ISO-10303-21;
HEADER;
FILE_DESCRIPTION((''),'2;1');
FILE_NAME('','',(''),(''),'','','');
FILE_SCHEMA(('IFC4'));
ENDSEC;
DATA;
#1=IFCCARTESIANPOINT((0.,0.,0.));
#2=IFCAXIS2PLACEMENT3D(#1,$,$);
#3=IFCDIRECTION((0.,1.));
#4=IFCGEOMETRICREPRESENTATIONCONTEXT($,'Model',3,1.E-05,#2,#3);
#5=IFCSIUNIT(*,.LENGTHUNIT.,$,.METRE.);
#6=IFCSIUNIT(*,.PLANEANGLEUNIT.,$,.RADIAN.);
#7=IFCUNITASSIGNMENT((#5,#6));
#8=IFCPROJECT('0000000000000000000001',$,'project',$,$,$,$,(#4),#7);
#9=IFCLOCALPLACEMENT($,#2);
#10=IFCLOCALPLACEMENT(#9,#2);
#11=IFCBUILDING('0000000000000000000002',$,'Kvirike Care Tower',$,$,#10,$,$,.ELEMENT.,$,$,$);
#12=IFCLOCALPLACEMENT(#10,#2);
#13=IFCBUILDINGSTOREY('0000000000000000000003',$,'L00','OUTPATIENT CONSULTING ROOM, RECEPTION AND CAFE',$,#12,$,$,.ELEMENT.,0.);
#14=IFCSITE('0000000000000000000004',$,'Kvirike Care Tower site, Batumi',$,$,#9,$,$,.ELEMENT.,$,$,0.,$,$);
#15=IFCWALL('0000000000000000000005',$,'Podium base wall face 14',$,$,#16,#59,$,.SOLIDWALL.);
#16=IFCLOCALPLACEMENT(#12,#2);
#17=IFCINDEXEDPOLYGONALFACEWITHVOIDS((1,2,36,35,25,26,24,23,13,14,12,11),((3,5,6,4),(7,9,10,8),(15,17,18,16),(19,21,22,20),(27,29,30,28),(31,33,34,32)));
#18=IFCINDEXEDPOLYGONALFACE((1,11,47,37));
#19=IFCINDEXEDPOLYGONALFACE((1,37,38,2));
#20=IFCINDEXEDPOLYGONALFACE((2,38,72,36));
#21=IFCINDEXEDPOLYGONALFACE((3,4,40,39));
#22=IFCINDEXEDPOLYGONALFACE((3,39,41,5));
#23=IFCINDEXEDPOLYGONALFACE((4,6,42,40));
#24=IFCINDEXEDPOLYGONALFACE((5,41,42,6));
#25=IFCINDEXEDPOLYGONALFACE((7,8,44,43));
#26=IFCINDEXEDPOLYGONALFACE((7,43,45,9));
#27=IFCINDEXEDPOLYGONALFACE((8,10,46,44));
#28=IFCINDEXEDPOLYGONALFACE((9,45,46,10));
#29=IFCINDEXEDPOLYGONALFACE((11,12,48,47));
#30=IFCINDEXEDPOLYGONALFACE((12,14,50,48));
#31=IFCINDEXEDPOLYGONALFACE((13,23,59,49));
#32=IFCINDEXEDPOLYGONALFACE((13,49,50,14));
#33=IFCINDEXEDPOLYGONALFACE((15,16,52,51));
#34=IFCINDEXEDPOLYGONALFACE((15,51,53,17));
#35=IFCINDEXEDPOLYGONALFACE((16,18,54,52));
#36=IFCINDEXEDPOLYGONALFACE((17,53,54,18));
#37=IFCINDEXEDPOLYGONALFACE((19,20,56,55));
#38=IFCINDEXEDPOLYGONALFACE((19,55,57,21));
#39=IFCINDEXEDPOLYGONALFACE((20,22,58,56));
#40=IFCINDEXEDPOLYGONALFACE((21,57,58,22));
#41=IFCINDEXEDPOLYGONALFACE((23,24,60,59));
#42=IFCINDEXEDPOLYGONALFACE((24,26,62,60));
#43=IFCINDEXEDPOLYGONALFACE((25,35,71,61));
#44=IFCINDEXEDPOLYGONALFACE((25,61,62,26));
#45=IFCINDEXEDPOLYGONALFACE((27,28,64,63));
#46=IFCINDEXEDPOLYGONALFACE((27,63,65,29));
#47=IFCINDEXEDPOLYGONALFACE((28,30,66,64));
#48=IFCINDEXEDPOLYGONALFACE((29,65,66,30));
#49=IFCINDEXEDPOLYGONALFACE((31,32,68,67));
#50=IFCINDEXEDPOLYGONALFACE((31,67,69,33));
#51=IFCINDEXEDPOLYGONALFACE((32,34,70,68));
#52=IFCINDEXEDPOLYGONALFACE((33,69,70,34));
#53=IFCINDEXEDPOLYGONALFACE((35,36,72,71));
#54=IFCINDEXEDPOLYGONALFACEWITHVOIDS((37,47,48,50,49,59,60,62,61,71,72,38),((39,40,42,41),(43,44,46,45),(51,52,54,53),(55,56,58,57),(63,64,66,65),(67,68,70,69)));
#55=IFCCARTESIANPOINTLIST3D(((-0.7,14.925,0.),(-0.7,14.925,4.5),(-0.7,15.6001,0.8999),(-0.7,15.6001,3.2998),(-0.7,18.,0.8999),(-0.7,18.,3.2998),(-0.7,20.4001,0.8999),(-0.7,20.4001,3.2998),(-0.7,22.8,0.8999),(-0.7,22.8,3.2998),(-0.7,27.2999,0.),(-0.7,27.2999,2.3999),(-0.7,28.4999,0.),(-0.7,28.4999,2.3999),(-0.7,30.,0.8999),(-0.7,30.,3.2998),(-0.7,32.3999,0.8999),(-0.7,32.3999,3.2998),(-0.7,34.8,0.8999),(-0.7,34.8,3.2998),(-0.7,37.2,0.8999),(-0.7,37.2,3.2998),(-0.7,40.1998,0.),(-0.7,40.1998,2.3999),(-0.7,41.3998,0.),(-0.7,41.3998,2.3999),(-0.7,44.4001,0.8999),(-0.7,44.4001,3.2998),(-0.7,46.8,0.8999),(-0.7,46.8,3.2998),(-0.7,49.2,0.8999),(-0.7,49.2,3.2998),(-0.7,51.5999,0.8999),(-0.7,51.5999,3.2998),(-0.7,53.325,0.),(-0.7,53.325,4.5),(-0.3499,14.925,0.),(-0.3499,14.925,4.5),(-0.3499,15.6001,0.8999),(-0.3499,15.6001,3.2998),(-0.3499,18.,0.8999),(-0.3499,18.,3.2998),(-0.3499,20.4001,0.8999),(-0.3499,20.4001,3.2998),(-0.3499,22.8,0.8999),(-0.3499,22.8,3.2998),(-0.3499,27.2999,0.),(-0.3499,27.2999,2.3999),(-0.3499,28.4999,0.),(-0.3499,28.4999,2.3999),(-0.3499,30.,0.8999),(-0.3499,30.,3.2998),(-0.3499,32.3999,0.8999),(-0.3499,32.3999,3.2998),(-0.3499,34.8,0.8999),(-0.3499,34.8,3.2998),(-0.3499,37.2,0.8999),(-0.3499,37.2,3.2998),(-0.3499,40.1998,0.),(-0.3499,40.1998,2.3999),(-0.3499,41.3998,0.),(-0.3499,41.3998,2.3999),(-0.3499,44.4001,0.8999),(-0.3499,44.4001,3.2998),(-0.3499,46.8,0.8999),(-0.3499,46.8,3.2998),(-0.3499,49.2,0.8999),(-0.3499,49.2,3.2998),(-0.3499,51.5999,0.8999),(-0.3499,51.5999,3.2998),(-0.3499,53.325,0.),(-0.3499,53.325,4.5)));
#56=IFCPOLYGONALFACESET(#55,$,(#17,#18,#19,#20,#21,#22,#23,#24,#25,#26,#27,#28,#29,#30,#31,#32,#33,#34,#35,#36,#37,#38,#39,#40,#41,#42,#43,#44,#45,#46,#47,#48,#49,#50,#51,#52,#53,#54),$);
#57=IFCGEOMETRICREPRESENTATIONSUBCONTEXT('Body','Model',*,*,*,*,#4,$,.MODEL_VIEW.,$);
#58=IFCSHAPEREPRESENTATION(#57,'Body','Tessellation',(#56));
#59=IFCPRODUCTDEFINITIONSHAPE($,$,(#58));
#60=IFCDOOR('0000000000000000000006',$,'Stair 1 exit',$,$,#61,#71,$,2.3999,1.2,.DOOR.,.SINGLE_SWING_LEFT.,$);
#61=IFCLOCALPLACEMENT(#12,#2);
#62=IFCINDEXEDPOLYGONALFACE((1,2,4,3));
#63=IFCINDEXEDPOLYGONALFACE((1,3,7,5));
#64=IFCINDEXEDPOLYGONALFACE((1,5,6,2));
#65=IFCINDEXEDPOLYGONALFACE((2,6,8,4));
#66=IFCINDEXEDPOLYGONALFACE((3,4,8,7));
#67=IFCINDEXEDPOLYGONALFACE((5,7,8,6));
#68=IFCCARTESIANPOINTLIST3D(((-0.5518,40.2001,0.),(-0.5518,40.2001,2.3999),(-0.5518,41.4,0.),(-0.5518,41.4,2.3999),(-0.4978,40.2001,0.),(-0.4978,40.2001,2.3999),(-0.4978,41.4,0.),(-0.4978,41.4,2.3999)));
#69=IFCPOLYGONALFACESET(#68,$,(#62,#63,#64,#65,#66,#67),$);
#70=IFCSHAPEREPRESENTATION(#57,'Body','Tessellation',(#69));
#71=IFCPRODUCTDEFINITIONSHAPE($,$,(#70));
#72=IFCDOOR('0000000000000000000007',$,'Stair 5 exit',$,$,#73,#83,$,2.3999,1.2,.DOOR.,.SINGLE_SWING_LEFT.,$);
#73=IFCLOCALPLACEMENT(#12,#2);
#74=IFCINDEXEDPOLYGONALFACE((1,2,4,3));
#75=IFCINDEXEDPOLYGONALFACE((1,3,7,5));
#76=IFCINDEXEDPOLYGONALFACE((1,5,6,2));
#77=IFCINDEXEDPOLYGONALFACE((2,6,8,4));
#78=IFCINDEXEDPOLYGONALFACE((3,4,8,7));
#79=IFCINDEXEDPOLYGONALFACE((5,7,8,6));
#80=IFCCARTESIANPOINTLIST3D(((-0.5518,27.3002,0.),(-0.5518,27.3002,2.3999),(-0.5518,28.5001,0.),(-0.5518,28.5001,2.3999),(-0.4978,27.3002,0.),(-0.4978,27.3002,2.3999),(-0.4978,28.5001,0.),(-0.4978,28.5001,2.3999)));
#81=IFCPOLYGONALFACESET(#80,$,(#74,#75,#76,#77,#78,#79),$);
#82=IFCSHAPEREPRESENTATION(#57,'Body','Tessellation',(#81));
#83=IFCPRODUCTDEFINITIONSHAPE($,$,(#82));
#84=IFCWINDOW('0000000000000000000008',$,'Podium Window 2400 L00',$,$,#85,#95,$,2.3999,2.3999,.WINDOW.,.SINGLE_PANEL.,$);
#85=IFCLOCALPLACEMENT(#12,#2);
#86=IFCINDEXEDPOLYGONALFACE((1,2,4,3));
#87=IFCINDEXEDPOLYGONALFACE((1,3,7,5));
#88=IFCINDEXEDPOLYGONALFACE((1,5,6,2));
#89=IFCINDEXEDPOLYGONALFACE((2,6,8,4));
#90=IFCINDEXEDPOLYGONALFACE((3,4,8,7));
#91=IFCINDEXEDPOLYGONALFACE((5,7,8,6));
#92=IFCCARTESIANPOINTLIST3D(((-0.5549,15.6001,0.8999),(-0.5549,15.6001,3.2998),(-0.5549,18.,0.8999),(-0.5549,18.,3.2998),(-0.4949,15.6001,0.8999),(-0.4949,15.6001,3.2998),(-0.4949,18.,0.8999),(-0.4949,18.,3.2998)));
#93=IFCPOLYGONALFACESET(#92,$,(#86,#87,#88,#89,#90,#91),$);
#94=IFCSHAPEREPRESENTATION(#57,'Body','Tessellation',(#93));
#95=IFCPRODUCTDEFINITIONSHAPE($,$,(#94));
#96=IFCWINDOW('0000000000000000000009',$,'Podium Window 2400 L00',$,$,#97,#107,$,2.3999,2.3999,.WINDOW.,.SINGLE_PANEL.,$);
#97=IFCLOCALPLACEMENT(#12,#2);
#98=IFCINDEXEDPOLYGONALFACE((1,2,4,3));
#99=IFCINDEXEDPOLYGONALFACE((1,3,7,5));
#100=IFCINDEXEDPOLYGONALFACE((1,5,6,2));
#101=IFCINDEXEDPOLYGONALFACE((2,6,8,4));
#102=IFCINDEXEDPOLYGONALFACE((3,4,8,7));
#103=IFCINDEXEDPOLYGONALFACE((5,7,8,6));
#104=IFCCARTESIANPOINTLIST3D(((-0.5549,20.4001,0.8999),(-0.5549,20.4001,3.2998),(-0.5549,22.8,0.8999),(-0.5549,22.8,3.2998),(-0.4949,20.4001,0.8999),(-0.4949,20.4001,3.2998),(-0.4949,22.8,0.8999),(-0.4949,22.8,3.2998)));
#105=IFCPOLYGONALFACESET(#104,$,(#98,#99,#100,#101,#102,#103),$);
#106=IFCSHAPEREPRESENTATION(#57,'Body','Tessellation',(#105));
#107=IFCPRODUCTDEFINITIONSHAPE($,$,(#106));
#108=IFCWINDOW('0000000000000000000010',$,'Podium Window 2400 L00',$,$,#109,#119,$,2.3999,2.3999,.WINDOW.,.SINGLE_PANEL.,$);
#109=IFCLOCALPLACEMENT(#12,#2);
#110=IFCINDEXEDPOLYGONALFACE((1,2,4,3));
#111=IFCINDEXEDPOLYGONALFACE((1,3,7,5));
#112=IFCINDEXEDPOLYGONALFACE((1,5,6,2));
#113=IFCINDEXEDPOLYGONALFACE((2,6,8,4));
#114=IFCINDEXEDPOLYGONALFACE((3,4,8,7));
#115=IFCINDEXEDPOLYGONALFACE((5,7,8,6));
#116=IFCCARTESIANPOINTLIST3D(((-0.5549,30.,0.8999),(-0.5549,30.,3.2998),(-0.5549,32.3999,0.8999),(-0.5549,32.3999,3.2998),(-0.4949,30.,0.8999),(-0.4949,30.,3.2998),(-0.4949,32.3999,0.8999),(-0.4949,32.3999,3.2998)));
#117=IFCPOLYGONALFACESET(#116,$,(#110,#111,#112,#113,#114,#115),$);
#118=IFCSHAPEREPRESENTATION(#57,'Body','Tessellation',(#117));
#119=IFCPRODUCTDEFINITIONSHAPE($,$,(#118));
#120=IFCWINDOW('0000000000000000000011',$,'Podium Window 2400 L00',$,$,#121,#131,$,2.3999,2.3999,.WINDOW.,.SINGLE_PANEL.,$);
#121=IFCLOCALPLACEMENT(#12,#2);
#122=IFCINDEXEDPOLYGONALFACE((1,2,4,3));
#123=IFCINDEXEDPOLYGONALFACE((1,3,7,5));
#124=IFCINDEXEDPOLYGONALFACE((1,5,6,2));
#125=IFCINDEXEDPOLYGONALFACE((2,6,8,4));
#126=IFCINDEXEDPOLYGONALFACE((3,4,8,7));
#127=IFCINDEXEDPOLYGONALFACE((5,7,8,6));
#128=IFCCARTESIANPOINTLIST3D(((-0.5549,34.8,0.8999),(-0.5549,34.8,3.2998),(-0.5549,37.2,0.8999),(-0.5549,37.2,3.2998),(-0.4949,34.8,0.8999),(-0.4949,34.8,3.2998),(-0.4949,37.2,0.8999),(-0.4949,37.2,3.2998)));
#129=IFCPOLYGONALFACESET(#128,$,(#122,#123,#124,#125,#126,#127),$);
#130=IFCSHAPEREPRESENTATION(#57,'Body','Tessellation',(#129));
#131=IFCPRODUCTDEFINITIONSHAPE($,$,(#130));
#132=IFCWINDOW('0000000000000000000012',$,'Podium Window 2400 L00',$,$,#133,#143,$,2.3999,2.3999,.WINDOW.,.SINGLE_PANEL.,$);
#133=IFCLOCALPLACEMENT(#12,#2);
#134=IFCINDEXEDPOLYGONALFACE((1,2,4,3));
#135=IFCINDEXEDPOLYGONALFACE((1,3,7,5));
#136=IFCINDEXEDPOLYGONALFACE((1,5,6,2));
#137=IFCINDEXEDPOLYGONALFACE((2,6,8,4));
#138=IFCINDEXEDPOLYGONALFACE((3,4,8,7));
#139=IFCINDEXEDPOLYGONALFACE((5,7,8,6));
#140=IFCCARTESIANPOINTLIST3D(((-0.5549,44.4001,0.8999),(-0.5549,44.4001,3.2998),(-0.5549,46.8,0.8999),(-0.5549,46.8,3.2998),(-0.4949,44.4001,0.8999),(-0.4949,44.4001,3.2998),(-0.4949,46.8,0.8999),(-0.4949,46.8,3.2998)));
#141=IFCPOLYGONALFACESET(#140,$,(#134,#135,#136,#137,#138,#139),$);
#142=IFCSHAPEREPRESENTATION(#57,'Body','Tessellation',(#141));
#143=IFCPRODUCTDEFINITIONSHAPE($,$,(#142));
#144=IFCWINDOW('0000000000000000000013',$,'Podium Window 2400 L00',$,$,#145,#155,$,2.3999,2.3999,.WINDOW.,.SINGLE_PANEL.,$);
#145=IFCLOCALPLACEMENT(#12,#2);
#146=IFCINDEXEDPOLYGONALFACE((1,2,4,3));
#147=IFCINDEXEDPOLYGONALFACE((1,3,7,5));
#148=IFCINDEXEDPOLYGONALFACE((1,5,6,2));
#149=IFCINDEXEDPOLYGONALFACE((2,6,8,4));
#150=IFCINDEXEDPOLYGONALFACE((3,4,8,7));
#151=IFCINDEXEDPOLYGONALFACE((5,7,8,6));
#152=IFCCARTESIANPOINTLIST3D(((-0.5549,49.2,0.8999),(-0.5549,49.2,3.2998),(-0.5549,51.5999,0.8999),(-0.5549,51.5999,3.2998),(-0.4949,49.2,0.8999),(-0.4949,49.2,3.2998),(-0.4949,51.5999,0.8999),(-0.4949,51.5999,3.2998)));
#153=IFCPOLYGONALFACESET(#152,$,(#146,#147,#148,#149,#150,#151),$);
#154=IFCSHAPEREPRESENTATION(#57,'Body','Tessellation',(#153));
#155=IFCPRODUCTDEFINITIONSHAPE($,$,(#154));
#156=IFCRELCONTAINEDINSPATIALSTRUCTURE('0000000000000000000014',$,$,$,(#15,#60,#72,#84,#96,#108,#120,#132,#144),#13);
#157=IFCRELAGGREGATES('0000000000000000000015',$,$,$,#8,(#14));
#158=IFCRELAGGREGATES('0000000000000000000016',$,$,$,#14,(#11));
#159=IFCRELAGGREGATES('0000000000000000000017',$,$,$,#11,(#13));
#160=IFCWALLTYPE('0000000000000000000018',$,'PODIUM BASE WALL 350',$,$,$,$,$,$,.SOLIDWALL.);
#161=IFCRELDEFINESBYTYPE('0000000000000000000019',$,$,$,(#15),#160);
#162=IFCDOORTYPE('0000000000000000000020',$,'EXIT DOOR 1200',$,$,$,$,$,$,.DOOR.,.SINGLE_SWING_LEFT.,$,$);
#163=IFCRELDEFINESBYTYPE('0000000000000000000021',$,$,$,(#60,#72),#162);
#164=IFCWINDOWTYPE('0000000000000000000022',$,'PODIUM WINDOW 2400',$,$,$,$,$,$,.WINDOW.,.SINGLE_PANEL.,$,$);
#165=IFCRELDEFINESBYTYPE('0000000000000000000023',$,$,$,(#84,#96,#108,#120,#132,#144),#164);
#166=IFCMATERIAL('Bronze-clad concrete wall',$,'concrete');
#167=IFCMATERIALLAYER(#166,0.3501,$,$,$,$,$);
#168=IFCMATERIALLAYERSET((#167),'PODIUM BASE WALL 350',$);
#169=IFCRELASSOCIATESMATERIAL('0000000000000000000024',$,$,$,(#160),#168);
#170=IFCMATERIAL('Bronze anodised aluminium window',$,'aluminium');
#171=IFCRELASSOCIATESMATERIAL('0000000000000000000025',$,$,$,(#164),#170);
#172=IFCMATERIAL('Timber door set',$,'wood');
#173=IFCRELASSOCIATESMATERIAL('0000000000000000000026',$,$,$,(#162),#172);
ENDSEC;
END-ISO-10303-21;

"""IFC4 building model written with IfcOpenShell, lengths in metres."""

from ifc_helpers import new_model, si_unit, direction, frame, frame_2d, origin, place, context, subcontext, project, spatial, rectangle, extrude, material, layer, layer_set, type_object, element, fill, save


model = new_model("IFC4")

# Units and contexts
model_context = context("Model", 3, precision=1e-05, world=origin(), true_north=direction((0.0, 1.0)))
body_context = subcontext(model_context, "Body", "Model", "MODEL_VIEW")
ifc_project = project(units=[si_unit("LENGTHUNIT", "METRE"), si_unit("PLANEANGLEUNIT", "RADIAN")], contexts=[model_context])

# Site, building, storey
site_placement = place(None, origin())
site = spatial("IfcSite", under=ifc_project, at=site_placement, Name="Kvirike Care Tower site, Batumi", CompositionType="ELEMENT", RefElevation=0.0)
building_placement = place(site_placement, origin())
building = spatial("IfcBuilding", under=site, at=building_placement, Name="Kvirike Care Tower", CompositionType="ELEMENT")
storey_placement = place(building_placement, origin())
storey = spatial("IfcBuildingStorey", under=building, at=storey_placement, Name="L00", Description="OUTPATIENT CONSULTING ROOM, RECEPTION AND CAFE", CompositionType="ELEMENT", Elevation=0.0)

# Shared definitions
ifc_material_1 = material(Name="Bronze-clad concrete wall", Category="concrete")
ifc_layer_1 = layer(ifc_material_1, 0.3501)
ifc_layer_set_1 = layer_set([ifc_layer_1], Name="PODIUM BASE WALL 350")
wall_type_1 = type_object("IfcWallType", Name="PODIUM BASE WALL 350", PredefinedType="SOLIDWALL", material=ifc_layer_set_1)
ifc_material_2 = material(Name="Bronze anodised aluminium window", Category="aluminium")
window_type = type_object("IfcWindowType", Name="PODIUM WINDOW 2400", PartitioningType="SINGLE_PANEL", PredefinedType="WINDOW", material=ifc_material_2)

# Wall, openings, doors, windows
wall_1_placement = place(storey_placement, frame((-0.5249, 53.325, 0.0), z_axis=(0.0, 0.0, 1.0), x_axis=(0.0, -1.0, 0.0)))
wall_1 = element("IfcWall", 1, at=wall_1_placement, inside=storey, type_object=wall_type_1, Name="Podium base wall face 14", PredefinedType="SOLIDWALL", context=body_context, shape_type="SweptSolid", body=[
    extrude(rectangle(XDim=38.3999, YDim=0.3501, at=frame_2d((19.2, 0.0))), origin(), (0.0, 0.0, 1.0), 4.5),
])
opening_1_placement = place(wall_1_placement, frame((11.925, 0.0, 0.0)))
opening_1 = element("IfcOpeningElement", 2, at=opening_1_placement, cuts=wall_1, PredefinedType="OPENING", context=body_context, shape_type="SweptSolid", body=[
    extrude(rectangle(XDim=1.2, YDim=2.3999, at=frame_2d((0.6001, 1.2))), frame((0.0, 0.1855, 0.0), z_axis=(0.0, -1.0, 0.0), x_axis=(1.0, 0.0, 0.0)), (0.0, 0.0, 1.0), 0.3711),
])
opening_2_placement = place(wall_1_placement, frame((24.825, 0.0, 0.0)))
opening_2 = element("IfcOpeningElement", 3, at=opening_2_placement, cuts=wall_1, PredefinedType="OPENING", context=body_context, shape_type="SweptSolid", body=[
    extrude(rectangle(XDim=1.2, YDim=2.3999, at=frame_2d((0.6001, 1.2))), frame((0.0, 0.1855, 0.0), z_axis=(0.0, -1.0, 0.0), x_axis=(1.0, 0.0, 0.0)), (0.0, 0.0, 1.0), 0.3711),
])
opening_3_placement = place(wall_1_placement, frame((35.325, 0.0, 0.8999)))
opening_3 = element("IfcOpeningElement", 4, at=opening_3_placement, cuts=wall_1, PredefinedType="OPENING", context=body_context, shape_type="SweptSolid", body=[
    extrude(rectangle(XDim=2.3999, YDim=2.3999, at=frame_2d((1.2, 1.2))), frame((0.0, 0.1855, 0.0), z_axis=(0.0, -1.0, 0.0), x_axis=(1.0, 0.0, 0.0)), (0.0, 0.0, 1.0), 0.3711),
])
opening_4_placement = place(wall_1_placement, frame((30.5249, 0.0, 0.8999)))
opening_4 = element("IfcOpeningElement", 5, at=opening_4_placement, cuts=wall_1, PredefinedType="OPENING", context=body_context, shape_type="SweptSolid", body=[
    extrude(rectangle(XDim=2.3999, YDim=2.3999, at=frame_2d((1.2, 1.2))), frame((0.0, 0.1855, 0.0), z_axis=(0.0, -1.0, 0.0), x_axis=(1.0, 0.0, 0.0)), (0.0, 0.0, 1.0), 0.3711),
])
opening_5_placement = place(wall_1_placement, frame((20.925, 0.0, 0.8999)))
opening_5 = element("IfcOpeningElement", 6, at=opening_5_placement, cuts=wall_1, PredefinedType="OPENING", context=body_context, shape_type="SweptSolid", body=[
    extrude(rectangle(XDim=2.3999, YDim=2.3999, at=frame_2d((1.2, 1.2))), frame((0.0, 0.1855, 0.0), z_axis=(0.0, -1.0, 0.0), x_axis=(1.0, 0.0, 0.0)), (0.0, 0.0, 1.0), 0.3711),
])
opening_6_placement = place(wall_1_placement, frame((16.125, 0.0, 0.8999)))
opening_6 = element("IfcOpeningElement", 7, at=opening_6_placement, cuts=wall_1, PredefinedType="OPENING", context=body_context, shape_type="SweptSolid", body=[
    extrude(rectangle(XDim=2.3999, YDim=2.3999, at=frame_2d((1.2, 1.2))), frame((0.0, 0.1855, 0.0), z_axis=(0.0, -1.0, 0.0), x_axis=(1.0, 0.0, 0.0)), (0.0, 0.0, 1.0), 0.3711),
])
opening_7_placement = place(wall_1_placement, frame((6.5249, 0.0, 0.8999)))
opening_7 = element("IfcOpeningElement", 8, at=opening_7_placement, cuts=wall_1, PredefinedType="OPENING", context=body_context, shape_type="SweptSolid", body=[
    extrude(rectangle(XDim=2.3999, YDim=2.3999, at=frame_2d((1.2, 1.2))), frame((0.0, 0.1855, 0.0), z_axis=(0.0, -1.0, 0.0), x_axis=(1.0, 0.0, 0.0)), (0.0, 0.0, 1.0), 0.3711),
])
opening_8_placement = place(wall_1_placement, frame((1.7251, 0.0, 0.8999)))
opening_8 = element("IfcOpeningElement", 9, at=opening_8_placement, cuts=wall_1, PredefinedType="OPENING", context=body_context, shape_type="SweptSolid", body=[
    extrude(rectangle(XDim=2.3999, YDim=2.3999, at=frame_2d((1.2, 1.2))), frame((0.0, 0.1855, 0.0), z_axis=(0.0, -1.0, 0.0), x_axis=(1.0, 0.0, 0.0)), (0.0, 0.0, 1.0), 0.3711),
])
ifc_material_3 = material(Name="Timber door set", Category="wood")
door_type = type_object("IfcDoorType", Name="EXIT DOOR 1200", OperationType="SINGLE_SWING_LEFT", PredefinedType="DOOR", material=ifc_material_3)
door_1_placement = place(opening_1_placement, frame((1.2, 0.0, 0.0), z_axis=(0.0, 0.0, 1.0), x_axis=(-1.0, 0.0, 0.0)))
door_1 = element("IfcDoor", 10, at=door_1_placement, inside=storey, type_object=door_type, Name="Stair 1 exit", OperationType="SINGLE_SWING_LEFT", OverallHeight=2.3999, OverallWidth=1.2, PredefinedType="DOOR", context=body_context, shape_type="SweptSolid", body=[
    extrude(rectangle(XDim=1.2, YDim=2.3999, at=frame_2d((0.6001, 1.2))), frame((0.0, 0.0269, 0.0), z_axis=(0.0, -1.0, 0.0), x_axis=(1.0, 0.0, 0.0)), (0.0, 0.0, 1.0), 0.054),
])
fill(opening_1, door_1)
door_2_placement = place(opening_2_placement, frame((1.2, 0.0, 0.0), z_axis=(0.0, 0.0, 1.0), x_axis=(-1.0, 0.0, 0.0)))
door_2 = element("IfcDoor", 11, at=door_2_placement, inside=storey, type_object=door_type, Name="Stair 5 exit", OperationType="SINGLE_SWING_LEFT", OverallHeight=2.3999, OverallWidth=1.2, PredefinedType="DOOR", context=body_context, shape_type="SweptSolid", body=[
    extrude(rectangle(XDim=1.2, YDim=2.3999, at=frame_2d((0.6001, 1.2))), frame((0.0, 0.0269, 0.0), z_axis=(0.0, -1.0, 0.0), x_axis=(1.0, 0.0, 0.0)), (0.0, 0.0, 1.0), 0.054),
])
fill(opening_2, door_2)
window_1_placement = place(opening_3_placement, origin())
window_1 = element("IfcWindow", 12, at=window_1_placement, inside=storey, type_object=window_type, Name="Podium Window 2400 L00", OverallHeight=2.3999, OverallWidth=2.3999, PartitioningType="SINGLE_PANEL", PredefinedType="WINDOW", context=body_context, shape_type="SweptSolid", body=[
    extrude(rectangle(XDim=2.3999, YDim=2.3999, at=frame_2d((1.2, 1.2))), frame((0.0, 0.03, 0.0), z_axis=(0.0, -1.0, 0.0), x_axis=(1.0, 0.0, 0.0)), (0.0, 0.0, 1.0), 0.0601),
])
fill(opening_3, window_1)
window_2_placement = place(opening_4_placement, origin())
window_2 = element("IfcWindow", 13, at=window_2_placement, inside=storey, type_object=window_type, Name="Podium Window 2400 L00", OverallHeight=2.3999, OverallWidth=2.3999, PartitioningType="SINGLE_PANEL", PredefinedType="WINDOW", context=body_context, shape_type="SweptSolid", body=[
    extrude(rectangle(XDim=2.3999, YDim=2.3999, at=frame_2d((1.2, 1.2))), frame((0.0, 0.03, 0.0), z_axis=(0.0, -1.0, 0.0), x_axis=(1.0, 0.0, 0.0)), (0.0, 0.0, 1.0), 0.0601),
])
fill(opening_4, window_2)
window_3_placement = place(opening_5_placement, origin())
window_3 = element("IfcWindow", 14, at=window_3_placement, inside=storey, type_object=window_type, Name="Podium Window 2400 L00", OverallHeight=2.3999, OverallWidth=2.3999, PartitioningType="SINGLE_PANEL", PredefinedType="WINDOW", context=body_context, shape_type="SweptSolid", body=[
    extrude(rectangle(XDim=2.3999, YDim=2.3999, at=frame_2d((1.2, 1.2))), frame((0.0, 0.03, 0.0), z_axis=(0.0, -1.0, 0.0), x_axis=(1.0, 0.0, 0.0)), (0.0, 0.0, 1.0), 0.0601),
])
fill(opening_5, window_3)
window_4_placement = place(opening_6_placement, origin())
window_4 = element("IfcWindow", 15, at=window_4_placement, inside=storey, type_object=window_type, Name="Podium Window 2400 L00", OverallHeight=2.3999, OverallWidth=2.3999, PartitioningType="SINGLE_PANEL", PredefinedType="WINDOW", context=body_context, shape_type="SweptSolid", body=[
    extrude(rectangle(XDim=2.3999, YDim=2.3999, at=frame_2d((1.2, 1.2))), frame((0.0, 0.03, 0.0), z_axis=(0.0, -1.0, 0.0), x_axis=(1.0, 0.0, 0.0)), (0.0, 0.0, 1.0), 0.0601),
])
fill(opening_6, window_4)
window_5_placement = place(opening_7_placement, origin())
window_5 = element("IfcWindow", 16, at=window_5_placement, inside=storey, type_object=window_type, Name="Podium Window 2400 L00", OverallHeight=2.3999, OverallWidth=2.3999, PartitioningType="SINGLE_PANEL", PredefinedType="WINDOW", context=body_context, shape_type="SweptSolid", body=[
    extrude(rectangle(XDim=2.3999, YDim=2.3999, at=frame_2d((1.2, 1.2))), frame((0.0, 0.03, 0.0), z_axis=(0.0, -1.0, 0.0), x_axis=(1.0, 0.0, 0.0)), (0.0, 0.0, 1.0), 0.0601),
])
fill(opening_7, window_5)
window_6_placement = place(opening_8_placement, origin())
window_6 = element("IfcWindow", 17, at=window_6_placement, inside=storey, type_object=window_type, Name="Podium Window 2400 L00", OverallHeight=2.3999, OverallWidth=2.3999, PartitioningType="SINGLE_PANEL", PredefinedType="WINDOW", context=body_context, shape_type="SweptSolid", body=[
    extrude(rectangle(XDim=2.3999, YDim=2.3999, at=frame_2d((1.2, 1.2))), frame((0.0, 0.03, 0.0), z_axis=(0.0, -1.0, 0.0), x_axis=(1.0, 0.0, 0.0)), (0.0, 0.0, 1.0), 0.0601),
])
fill(opening_8, window_6)

save(model, "model.ifc")
